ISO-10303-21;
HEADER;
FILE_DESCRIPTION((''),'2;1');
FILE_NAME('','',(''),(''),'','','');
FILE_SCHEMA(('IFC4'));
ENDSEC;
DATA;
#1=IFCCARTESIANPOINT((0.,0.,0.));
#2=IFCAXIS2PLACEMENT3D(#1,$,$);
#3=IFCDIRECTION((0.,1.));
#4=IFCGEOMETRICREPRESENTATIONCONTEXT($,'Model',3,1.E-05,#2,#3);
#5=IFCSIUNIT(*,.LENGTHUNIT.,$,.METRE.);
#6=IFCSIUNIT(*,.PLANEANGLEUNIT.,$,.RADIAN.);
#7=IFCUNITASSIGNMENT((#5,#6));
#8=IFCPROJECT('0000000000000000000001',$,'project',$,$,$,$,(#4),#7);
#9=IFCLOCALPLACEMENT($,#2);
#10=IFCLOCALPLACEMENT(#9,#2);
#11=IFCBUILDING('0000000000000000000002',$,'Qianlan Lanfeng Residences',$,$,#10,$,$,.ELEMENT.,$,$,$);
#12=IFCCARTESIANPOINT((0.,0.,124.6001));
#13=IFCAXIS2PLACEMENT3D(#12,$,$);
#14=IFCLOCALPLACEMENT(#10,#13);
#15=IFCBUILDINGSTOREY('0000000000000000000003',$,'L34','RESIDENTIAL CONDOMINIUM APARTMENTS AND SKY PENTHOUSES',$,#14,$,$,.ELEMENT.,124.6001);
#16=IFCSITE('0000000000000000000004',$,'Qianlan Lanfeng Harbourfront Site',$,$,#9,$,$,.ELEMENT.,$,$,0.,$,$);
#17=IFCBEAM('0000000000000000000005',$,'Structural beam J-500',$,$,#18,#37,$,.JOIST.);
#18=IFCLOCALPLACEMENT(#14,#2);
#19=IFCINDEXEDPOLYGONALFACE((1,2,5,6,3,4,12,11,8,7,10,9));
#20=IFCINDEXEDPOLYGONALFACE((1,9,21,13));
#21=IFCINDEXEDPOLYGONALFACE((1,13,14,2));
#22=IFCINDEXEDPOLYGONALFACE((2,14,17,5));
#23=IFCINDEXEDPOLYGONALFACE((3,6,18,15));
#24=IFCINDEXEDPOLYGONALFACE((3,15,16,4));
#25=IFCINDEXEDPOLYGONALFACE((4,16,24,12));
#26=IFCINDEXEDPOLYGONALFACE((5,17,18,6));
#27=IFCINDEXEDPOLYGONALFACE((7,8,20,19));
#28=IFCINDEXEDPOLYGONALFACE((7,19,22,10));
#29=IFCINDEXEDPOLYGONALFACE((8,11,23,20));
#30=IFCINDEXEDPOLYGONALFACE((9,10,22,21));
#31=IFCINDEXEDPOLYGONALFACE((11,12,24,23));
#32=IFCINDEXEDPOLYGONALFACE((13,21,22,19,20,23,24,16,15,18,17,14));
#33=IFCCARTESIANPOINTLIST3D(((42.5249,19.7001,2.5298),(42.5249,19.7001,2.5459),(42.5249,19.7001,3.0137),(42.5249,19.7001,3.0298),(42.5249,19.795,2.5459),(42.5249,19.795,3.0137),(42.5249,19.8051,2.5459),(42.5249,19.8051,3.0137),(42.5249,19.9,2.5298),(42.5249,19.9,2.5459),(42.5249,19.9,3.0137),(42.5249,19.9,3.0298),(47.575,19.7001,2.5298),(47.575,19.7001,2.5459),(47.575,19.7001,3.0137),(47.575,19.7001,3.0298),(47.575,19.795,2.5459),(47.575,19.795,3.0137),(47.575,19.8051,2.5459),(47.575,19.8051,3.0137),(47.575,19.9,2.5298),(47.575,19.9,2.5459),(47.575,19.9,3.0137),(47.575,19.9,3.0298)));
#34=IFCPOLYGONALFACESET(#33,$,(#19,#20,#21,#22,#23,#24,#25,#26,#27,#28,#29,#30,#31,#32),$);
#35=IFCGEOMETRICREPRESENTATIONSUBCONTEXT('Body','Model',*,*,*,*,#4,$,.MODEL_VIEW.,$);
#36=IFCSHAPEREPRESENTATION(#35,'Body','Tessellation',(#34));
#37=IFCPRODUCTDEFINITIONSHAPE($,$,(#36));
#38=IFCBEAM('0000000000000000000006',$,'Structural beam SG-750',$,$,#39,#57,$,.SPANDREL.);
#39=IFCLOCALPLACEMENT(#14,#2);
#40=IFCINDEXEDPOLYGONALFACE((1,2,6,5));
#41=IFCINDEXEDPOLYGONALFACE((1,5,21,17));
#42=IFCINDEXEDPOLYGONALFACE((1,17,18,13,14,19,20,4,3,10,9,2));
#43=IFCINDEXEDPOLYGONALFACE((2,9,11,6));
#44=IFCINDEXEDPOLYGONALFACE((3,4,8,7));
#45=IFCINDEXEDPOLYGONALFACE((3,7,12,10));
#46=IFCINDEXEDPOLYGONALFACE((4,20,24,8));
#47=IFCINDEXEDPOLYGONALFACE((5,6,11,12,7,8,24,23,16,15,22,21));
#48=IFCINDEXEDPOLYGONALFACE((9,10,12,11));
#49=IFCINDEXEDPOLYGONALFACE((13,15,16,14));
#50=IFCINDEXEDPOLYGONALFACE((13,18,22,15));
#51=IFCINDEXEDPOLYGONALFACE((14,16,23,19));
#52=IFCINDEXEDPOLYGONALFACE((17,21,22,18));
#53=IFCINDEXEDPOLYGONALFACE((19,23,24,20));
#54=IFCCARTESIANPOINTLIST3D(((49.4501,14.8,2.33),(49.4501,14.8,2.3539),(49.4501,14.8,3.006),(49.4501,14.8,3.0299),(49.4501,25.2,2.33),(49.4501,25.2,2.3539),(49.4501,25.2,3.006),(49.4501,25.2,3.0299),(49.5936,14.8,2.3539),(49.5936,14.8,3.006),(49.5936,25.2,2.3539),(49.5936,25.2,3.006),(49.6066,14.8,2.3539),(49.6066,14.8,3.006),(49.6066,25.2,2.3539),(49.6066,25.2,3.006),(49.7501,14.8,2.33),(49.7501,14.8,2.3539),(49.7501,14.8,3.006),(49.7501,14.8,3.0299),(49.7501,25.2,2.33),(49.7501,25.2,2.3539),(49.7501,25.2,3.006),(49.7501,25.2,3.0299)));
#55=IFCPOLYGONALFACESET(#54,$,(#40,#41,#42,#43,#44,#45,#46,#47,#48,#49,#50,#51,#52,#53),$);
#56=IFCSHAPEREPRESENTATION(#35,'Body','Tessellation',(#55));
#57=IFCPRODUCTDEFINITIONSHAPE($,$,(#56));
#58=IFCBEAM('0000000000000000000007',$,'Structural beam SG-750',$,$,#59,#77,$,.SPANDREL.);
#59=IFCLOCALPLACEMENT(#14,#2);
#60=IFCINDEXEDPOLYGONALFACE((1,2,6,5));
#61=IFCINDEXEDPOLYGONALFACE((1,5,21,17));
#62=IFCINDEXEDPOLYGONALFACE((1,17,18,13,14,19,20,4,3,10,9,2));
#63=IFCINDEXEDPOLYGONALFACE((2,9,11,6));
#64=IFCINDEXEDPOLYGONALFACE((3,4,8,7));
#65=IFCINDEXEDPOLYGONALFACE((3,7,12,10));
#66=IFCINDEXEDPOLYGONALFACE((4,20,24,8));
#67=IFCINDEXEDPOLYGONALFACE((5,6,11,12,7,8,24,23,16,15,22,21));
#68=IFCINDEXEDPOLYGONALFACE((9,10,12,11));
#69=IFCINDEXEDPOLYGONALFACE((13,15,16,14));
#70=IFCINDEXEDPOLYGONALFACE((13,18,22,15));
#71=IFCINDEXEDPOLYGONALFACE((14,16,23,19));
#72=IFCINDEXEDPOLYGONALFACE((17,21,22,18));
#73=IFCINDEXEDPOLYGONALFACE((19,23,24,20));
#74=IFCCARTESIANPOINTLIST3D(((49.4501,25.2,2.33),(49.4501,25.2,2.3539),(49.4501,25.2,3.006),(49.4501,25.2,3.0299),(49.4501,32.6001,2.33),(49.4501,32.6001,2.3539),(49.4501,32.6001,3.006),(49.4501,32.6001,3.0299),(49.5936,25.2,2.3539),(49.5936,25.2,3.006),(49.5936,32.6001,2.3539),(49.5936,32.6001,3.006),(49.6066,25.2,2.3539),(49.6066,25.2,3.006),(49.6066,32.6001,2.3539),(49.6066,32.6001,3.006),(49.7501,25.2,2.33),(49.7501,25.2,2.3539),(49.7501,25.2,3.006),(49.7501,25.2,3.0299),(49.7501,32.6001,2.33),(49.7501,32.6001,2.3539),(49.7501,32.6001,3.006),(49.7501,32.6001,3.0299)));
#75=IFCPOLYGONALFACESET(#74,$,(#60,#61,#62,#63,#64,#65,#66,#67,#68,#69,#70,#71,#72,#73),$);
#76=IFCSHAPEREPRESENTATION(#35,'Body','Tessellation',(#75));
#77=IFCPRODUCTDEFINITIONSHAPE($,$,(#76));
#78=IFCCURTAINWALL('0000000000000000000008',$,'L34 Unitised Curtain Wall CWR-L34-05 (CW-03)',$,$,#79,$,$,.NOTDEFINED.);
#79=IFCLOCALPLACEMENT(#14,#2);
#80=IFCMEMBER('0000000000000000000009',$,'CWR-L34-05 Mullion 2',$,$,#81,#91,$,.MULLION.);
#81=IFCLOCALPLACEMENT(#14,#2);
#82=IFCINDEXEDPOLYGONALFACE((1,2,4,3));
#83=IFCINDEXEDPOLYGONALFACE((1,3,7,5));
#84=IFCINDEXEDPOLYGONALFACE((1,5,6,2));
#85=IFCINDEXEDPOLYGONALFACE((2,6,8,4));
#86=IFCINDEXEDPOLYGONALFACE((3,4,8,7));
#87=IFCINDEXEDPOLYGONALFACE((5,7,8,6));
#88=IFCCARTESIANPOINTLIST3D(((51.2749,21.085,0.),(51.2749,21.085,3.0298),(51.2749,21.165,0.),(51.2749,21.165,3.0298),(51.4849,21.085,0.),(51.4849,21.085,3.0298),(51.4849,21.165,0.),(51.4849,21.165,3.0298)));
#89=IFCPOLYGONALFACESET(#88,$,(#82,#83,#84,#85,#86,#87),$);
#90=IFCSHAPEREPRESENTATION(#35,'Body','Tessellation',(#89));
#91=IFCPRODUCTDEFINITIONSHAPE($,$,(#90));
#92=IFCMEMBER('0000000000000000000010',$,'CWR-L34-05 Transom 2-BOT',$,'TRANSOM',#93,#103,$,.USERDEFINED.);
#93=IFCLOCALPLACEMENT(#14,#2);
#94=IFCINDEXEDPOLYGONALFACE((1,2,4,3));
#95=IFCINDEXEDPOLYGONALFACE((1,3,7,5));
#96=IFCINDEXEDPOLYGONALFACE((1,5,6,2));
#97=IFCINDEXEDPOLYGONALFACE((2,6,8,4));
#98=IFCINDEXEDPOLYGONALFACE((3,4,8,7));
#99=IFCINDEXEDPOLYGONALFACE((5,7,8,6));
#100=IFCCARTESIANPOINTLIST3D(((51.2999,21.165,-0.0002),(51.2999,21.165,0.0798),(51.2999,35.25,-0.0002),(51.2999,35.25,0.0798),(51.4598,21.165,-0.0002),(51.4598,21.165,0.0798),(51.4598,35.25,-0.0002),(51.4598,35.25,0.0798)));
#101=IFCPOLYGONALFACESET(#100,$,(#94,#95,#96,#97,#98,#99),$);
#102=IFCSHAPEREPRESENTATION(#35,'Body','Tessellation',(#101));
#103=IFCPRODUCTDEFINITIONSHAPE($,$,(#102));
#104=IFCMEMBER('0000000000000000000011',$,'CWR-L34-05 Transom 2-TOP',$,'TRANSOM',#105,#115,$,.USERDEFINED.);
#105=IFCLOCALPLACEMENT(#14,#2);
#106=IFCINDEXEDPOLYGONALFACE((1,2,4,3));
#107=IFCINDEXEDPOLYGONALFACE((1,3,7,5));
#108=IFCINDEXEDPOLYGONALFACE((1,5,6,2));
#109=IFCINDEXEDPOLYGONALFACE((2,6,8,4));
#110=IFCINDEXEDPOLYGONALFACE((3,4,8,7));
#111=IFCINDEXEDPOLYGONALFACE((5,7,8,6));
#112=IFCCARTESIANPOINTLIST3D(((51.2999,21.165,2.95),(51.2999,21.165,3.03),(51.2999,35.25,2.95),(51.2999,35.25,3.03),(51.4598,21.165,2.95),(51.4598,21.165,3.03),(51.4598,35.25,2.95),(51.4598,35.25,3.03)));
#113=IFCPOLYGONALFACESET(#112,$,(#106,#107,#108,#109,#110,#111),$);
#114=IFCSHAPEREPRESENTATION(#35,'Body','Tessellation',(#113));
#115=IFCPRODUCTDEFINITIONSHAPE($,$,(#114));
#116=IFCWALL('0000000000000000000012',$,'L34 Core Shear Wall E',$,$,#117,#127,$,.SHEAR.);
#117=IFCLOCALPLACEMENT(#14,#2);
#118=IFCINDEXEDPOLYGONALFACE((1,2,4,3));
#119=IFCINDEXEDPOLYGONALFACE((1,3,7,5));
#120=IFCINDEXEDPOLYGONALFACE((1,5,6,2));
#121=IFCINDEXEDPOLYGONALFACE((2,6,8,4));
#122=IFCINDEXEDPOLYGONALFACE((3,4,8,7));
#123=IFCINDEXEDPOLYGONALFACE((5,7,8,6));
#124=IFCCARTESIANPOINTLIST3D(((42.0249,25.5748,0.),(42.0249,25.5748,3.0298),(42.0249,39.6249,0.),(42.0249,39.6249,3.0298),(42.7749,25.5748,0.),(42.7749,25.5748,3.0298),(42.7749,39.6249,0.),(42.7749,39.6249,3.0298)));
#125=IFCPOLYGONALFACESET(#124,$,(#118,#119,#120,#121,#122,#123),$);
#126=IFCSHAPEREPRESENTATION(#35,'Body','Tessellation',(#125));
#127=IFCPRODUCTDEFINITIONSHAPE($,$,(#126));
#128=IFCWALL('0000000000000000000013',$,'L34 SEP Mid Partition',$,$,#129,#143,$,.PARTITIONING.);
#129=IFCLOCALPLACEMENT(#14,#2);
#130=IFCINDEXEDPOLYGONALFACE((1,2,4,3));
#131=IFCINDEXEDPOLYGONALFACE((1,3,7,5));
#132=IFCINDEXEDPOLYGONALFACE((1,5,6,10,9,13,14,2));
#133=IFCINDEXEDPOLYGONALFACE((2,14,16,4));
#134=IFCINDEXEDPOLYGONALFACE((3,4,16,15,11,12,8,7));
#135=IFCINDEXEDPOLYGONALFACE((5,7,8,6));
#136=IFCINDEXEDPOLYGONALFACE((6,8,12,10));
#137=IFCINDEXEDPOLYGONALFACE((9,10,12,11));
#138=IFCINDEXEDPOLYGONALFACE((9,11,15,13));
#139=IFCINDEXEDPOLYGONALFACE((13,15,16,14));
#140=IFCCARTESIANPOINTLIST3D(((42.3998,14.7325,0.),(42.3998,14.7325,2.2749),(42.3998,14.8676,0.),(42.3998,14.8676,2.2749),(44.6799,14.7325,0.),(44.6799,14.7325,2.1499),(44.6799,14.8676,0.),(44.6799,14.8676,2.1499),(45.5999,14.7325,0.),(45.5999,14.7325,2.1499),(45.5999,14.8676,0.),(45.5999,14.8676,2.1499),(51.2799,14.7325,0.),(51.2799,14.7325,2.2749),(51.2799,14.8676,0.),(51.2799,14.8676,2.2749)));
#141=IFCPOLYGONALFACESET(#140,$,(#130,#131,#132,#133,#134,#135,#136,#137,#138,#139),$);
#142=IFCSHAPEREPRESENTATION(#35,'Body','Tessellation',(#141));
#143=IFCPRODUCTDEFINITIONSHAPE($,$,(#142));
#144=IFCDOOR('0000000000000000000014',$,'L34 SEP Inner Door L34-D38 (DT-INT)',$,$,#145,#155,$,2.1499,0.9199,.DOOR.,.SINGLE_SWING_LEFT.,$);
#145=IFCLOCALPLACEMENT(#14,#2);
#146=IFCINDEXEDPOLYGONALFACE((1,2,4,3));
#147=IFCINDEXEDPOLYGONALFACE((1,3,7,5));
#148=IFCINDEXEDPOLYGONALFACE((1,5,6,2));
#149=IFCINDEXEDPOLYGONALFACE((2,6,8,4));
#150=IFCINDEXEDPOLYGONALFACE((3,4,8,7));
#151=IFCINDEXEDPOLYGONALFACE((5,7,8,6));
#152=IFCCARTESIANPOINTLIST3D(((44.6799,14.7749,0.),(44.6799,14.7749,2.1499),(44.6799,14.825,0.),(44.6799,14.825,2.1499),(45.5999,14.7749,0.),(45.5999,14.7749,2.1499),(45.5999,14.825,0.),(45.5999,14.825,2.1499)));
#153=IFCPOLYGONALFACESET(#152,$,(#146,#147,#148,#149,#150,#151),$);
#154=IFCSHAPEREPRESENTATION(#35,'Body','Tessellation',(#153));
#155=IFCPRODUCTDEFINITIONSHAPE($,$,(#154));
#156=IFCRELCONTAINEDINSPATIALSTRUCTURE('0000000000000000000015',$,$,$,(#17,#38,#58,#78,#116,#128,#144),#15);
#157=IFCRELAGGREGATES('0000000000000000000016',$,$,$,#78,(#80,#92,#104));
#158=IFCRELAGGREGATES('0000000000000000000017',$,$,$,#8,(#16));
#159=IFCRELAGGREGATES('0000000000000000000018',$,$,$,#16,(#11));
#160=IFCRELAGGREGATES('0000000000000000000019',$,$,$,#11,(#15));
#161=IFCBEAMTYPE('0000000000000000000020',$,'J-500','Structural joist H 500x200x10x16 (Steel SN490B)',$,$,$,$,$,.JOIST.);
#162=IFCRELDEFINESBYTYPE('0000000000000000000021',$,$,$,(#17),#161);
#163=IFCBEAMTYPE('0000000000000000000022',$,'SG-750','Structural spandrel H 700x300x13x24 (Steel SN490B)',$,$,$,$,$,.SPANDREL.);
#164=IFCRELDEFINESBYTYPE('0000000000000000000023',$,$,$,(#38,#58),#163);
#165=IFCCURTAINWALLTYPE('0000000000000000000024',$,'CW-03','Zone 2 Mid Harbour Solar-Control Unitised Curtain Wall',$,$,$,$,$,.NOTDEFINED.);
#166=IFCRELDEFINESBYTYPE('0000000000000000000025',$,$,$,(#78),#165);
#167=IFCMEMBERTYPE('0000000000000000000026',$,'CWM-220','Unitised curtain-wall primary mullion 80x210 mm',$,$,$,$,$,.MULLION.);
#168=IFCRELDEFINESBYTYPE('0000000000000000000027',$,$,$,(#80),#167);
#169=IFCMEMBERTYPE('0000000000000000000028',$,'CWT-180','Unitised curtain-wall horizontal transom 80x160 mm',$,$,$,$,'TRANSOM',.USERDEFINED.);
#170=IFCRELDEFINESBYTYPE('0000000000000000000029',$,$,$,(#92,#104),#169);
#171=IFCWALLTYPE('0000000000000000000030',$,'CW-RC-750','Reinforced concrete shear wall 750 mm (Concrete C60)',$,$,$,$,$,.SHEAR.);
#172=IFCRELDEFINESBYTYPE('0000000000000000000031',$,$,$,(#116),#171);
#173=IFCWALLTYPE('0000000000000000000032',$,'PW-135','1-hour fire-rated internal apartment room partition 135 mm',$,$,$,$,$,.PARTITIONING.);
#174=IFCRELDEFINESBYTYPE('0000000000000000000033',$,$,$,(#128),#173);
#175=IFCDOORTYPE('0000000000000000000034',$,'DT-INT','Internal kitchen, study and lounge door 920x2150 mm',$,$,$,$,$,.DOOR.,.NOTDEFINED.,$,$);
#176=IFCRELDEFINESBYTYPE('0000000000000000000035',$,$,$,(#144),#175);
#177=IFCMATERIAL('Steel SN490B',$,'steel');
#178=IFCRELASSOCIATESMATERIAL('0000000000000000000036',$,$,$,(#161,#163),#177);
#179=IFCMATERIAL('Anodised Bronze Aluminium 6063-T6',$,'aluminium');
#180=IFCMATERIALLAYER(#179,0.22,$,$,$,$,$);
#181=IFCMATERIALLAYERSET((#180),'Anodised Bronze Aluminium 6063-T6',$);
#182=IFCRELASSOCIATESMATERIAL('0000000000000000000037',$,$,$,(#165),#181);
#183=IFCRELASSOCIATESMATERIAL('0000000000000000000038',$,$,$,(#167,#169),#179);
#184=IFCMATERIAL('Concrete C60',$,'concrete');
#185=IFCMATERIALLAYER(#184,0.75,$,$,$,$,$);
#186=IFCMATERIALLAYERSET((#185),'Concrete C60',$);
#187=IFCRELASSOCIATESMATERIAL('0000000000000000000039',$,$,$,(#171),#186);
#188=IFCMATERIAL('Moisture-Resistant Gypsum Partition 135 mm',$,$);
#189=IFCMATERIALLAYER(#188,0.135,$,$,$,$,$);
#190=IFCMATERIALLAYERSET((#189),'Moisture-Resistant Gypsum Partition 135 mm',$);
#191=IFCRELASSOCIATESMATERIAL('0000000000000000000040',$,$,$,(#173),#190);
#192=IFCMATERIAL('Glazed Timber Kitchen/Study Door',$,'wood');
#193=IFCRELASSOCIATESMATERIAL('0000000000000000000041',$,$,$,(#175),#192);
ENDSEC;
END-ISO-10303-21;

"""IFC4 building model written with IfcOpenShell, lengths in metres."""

from ifc_helpers import new_model, si_unit, direction, frame, frame_2d, origin, origin_2d, place, context, subcontext, project, spatial, rectangle, i_section, extrude, source, transform, mapped, material, layer, layer_set, material_profile, profile_set, type_object, element, fill, aggregate, save


model = new_model("IFC4")

# Units and contexts
model_context = context("Model", 3, precision=1e-05, world=origin(), true_north=direction((0.0, 1.0)))
body_context = subcontext(model_context, "Body", "Model", "MODEL_VIEW")
ifc_project = project(units=[si_unit("LENGTHUNIT", "METRE"), si_unit("PLANEANGLEUNIT", "RADIAN")], contexts=[model_context])

# Site, building, storey
site_placement = place(None, origin())
site = spatial("IfcSite", under=ifc_project, at=site_placement, Name="Qianlan Lanfeng Harbourfront Site", CompositionType="ELEMENT", RefElevation=0.0)
building_placement = place(site_placement, origin())
building = spatial("IfcBuilding", under=site, at=building_placement, Name="Qianlan Lanfeng Residences", CompositionType="ELEMENT")
storey_placement = place(building_placement, frame((0.0, 0.0, 124.6001)))
storey = spatial("IfcBuildingStorey", under=building, at=storey_placement, Name="L34", Description="RESIDENTIAL CONDOMINIUM APARTMENTS AND SKY PENTHOUSES", CompositionType="ELEMENT", Elevation=124.6001)

# Shared definitions
ifc_material_1 = material(Name="Steel SN490B", Category="steel")

# Beams
ifc_material_profile_1 = material_profile(ifc_material_1, i_section(OverallWidth=0.2, OverallDepth=0.5, WebThickness=0.01, FlangeThickness=0.0161, at=origin_2d()), Name="H 500x200x10x16")
ifc_profile_set_1 = profile_set([ifc_material_profile_1], Name="Steel SN490B")
beam_type_1 = type_object("IfcBeamType", Name="J-500", Description="Structural joist H 500x200x10x16 (Steel SN490B)", PredefinedType="JOIST", material=ifc_profile_set_1)
beam_1_placement = place(storey_placement, frame((42.5249, 19.8, 2.7798), z_axis=(1.0, 0.0, 0.0), x_axis=(0.0, 1.0, 0.0)))
element("IfcBeam", 1, at=beam_1_placement, inside=storey, type_object=beam_type_1, Name="Structural beam J-500", PredefinedType="JOIST", context=body_context, shape_type="SweptSolid", body=[
    extrude(i_section(OverallWidth=0.2, OverallDepth=0.5, WebThickness=0.01, FlangeThickness=0.0161, at=origin_2d()), origin(), (0.0, 0.0, 1.0), 5.05),
])
ifc_material_profile_2 = material_profile(ifc_material_1, i_section(OverallWidth=0.3, OverallDepth=0.7, WebThickness=0.0129, FlangeThickness=0.0239, at=origin_2d()), Name="H 700x300x13x24")
ifc_profile_set_2 = profile_set([ifc_material_profile_2], Name="Steel SN490B")
beam_type_2 = type_object("IfcBeamType", Name="SG-750", Description="Structural spandrel H 700x300x13x24 (Steel SN490B)", PredefinedType="SPANDREL", material=ifc_profile_set_2)
beam_2_placement = place(storey_placement, frame((49.6001, 14.8, 2.6799), z_axis=(0.0, 1.0, 0.0), x_axis=(-1.0, 0.0, 0.0)))
element("IfcBeam", 2, at=beam_2_placement, inside=storey, type_object=beam_type_2, Name="Structural beam SG-750", PredefinedType="SPANDREL", context=body_context, shape_type="SweptSolid", body=[
    extrude(i_section(OverallWidth=0.3, OverallDepth=0.7, WebThickness=0.0129, FlangeThickness=0.0239, at=origin_2d()), origin(), (0.0, 0.0, 1.0), 10.3999),
])
beam_3_placement = place(storey_placement, frame((49.6001, 25.2, 2.6799), z_axis=(0.0, 1.0, 0.0), x_axis=(-1.0, 0.0, 0.0)))
element("IfcBeam", 3, at=beam_3_placement, inside=storey, type_object=beam_type_2, Name="Structural beam SG-750", PredefinedType="SPANDREL", context=body_context, shape_type="SweptSolid", body=[
    extrude(i_section(OverallWidth=0.3, OverallDepth=0.7, WebThickness=0.0129, FlangeThickness=0.0239, at=origin_2d()), origin(), (0.0, 0.0, 1.0), 7.4001),
])

# Curtain wall, members
ifc_material_2 = material(Name="Anodised Bronze Aluminium 6063-T6", Category="aluminium")
ifc_layer_1 = layer(ifc_material_2, 0.22)
ifc_layer_set_1 = layer_set([ifc_layer_1], Name="Anodised Bronze Aluminium 6063-T6")
curtain_wall_type = type_object("IfcCurtainWallType", Name="CW-03", Description="Zone 2 Mid Harbour Solar-Control Unitised Curtain Wall", PredefinedType="NOTDEFINED", material=ifc_layer_set_1)
curtain_wall_placement = place(storey_placement, origin())
curtain_wall = element("IfcCurtainWall", 4, at=curtain_wall_placement, inside=storey, type_object=curtain_wall_type, Name="L34 Unitised Curtain Wall CWR-L34-05 (CW-03)", PredefinedType="NOTDEFINED")
ifc_material_profile_3 = material_profile(ifc_material_2, rectangle(XDim=0.0801, YDim=0.21, at=origin_2d()), Name="ALU MULLION 80x210")
ifc_profile_set_3 = profile_set([ifc_material_profile_3], Name="Anodised Bronze Aluminium 6063-T6")
member_type_1 = type_object("IfcMemberType", Name="CWM-220", Description="Unitised curtain-wall primary mullion 80x210 mm", PredefinedType="MULLION", material=ifc_profile_set_3)
shared_shape_1 = source(origin(), body_context, "Body", "SweptSolid", [
    extrude(rectangle(XDim=0.0801, YDim=0.21, at=origin_2d()), origin(), (0.0, 0.0, 1.0), 3.0298),
])
member_1_placement = place(storey_placement, frame((51.3799, 21.125, 0.0), z_axis=(0.0, 0.0, 1.0), x_axis=(0.0, 1.0, 0.0)))
member_1 = element("IfcMember", 5, at=member_1_placement, type_object=member_type_1, Name="CWR-L34-05 Mullion 2", PredefinedType="MULLION", context=body_context, shape_type="MappedRepresentation", body=[
    mapped(shared_shape_1, transform((0.0, 0.0, 0.0), scale=1.0)),
])
ifc_material_profile_4 = material_profile(ifc_material_2, rectangle(XDim=0.0801, YDim=0.1599, at=origin_2d()), Name="ALU TRANSOM 80x160")
ifc_profile_set_4 = profile_set([ifc_material_profile_4], Name="Anodised Bronze Aluminium 6063-T6")
member_type_2 = type_object("IfcMemberType", Name="CWT-180", Description="Unitised curtain-wall horizontal transom 80x160 mm", ElementType="TRANSOM", PredefinedType="USERDEFINED", material=ifc_profile_set_4)
shared_shape_2 = source(origin(), body_context, "Body", "SweptSolid", [
    extrude(rectangle(XDim=0.0801, YDim=0.1599, at=origin_2d()), origin(), (0.0, 0.0, 1.0), 14.085),
])
member_2_placement = place(storey_placement, frame((51.3799, 21.165, 0.0398), z_axis=(0.0, 1.0, 0.0), x_axis=(0.0, 0.0, 1.0)))
member_2 = element("IfcMember", 6, at=member_2_placement, type_object=member_type_2, Name="CWR-L34-05 Transom 2-BOT", ObjectType="TRANSOM", PredefinedType="USERDEFINED", context=body_context, shape_type="MappedRepresentation", body=[
    mapped(shared_shape_2, transform((0.0, 0.0, 0.0), scale=1.0)),
])
member_3_placement = place(storey_placement, frame((51.3799, 21.165, 2.99), z_axis=(0.0, 1.0, 0.0), x_axis=(0.0, 0.0, 1.0)))
member_3 = element("IfcMember", 7, at=member_3_placement, type_object=member_type_2, Name="CWR-L34-05 Transom 2-TOP", ObjectType="TRANSOM", PredefinedType="USERDEFINED", context=body_context, shape_type="MappedRepresentation", body=[
    mapped(shared_shape_2, transform((0.0, 0.0, 0.0), scale=1.0)),
])
aggregate(curtain_wall, [member_1, member_2, member_3])

# Wall
ifc_material_3 = material(Name="Concrete C60", Category="concrete")
ifc_layer_2 = layer(ifc_material_3, 0.75)
ifc_layer_set_2 = layer_set([ifc_layer_2], Name="Concrete C60")
wall_type_1 = type_object("IfcWallType", Name="CW-RC-750", Description="Reinforced concrete shear wall 750 mm (Concrete C60)", PredefinedType="SHEAR", material=ifc_layer_set_2)
wall_1_placement = place(storey_placement, frame((42.3999, 25.575, 0.0), z_axis=(0.0, 0.0, 1.0), x_axis=(0.0, 1.0, 0.0)))
element("IfcWall", 8, at=wall_1_placement, inside=storey, type_object=wall_type_1, Name="L34 Core Shear Wall E", PredefinedType="SHEAR", context=body_context, shape_type="SweptSolid", body=[
    extrude(rectangle(XDim=14.05, YDim=0.75, at=frame_2d((7.0249, 0.0))), origin(), (0.0, 0.0, 1.0), 3.0298),
])

# Wall, opening, door
ifc_material_4 = material(Name="Moisture-Resistant Gypsum Partition 135 mm")
ifc_layer_3 = layer(ifc_material_4, 0.135)
ifc_layer_set_3 = layer_set([ifc_layer_3], Name="Moisture-Resistant Gypsum Partition 135 mm")
wall_type_2 = type_object("IfcWallType", Name="PW-135", Description="1-hour fire-rated internal apartment room partition 135 mm", PredefinedType="PARTITIONING", material=ifc_layer_set_3)
wall_2_placement = place(storey_placement, frame((42.3999, 14.8, 0.0), z_axis=(0.0, 0.0, 1.0), x_axis=(1.0, 0.0, 0.0)))
wall_2 = element("IfcWall", 9, at=wall_2_placement, inside=storey, type_object=wall_type_2, Name="L34 SEP Mid Partition", PredefinedType="PARTITIONING", context=body_context, shape_type="SweptSolid", body=[
    extrude(rectangle(XDim=8.8801, YDim=0.135, at=frame_2d((4.4399, 0.0))), origin(), (0.0, 0.0, 1.0), 2.2749),
])
opening_1_placement = place(wall_2_placement, frame((2.28, 0.0, 0.0)))
opening_1 = element("IfcOpeningElement", 10, at=opening_1_placement, cuts=wall_2, PredefinedType="OPENING", context=body_context, shape_type="SweptSolid", body=[
    extrude(rectangle(XDim=0.9199, YDim=2.1499, at=frame_2d((0.46, 1.075))), frame((0.0, 0.0776, 0.0), z_axis=(0.0, -1.0, 0.0), x_axis=(1.0, 0.0, 0.0)), (0.0, 0.0, 1.0), 0.155),
])
ifc_material_5 = material(Name="Glazed Timber Kitchen/Study Door", Category="wood")
door_type = type_object("IfcDoorType", Name="DT-INT", Description="Internal kitchen, study and lounge door 920x2150 mm", OperationType="NOTDEFINED", PredefinedType="DOOR", material=ifc_material_5)
door_1_placement = place(opening_1_placement, origin())
door_1 = element("IfcDoor", 11, at=door_1_placement, inside=storey, type_object=door_type, Name="L34 SEP Inner Door L34-D38 (DT-INT)", OperationType="SINGLE_SWING_LEFT", OverallHeight=2.1499, OverallWidth=0.9199, PredefinedType="DOOR", context=body_context, shape_type="SweptSolid", body=[
    extrude(rectangle(XDim=0.9199, YDim=2.1499, at=frame_2d((0.46, 1.075))), frame((0.0, 0.0249, 0.0), z_axis=(0.0, -1.0, 0.0), x_axis=(1.0, 0.0, 0.0)), (0.0, 0.0, 1.0), 0.05),
])
fill(opening_1, door_1)

save(model, "model.ifc")
